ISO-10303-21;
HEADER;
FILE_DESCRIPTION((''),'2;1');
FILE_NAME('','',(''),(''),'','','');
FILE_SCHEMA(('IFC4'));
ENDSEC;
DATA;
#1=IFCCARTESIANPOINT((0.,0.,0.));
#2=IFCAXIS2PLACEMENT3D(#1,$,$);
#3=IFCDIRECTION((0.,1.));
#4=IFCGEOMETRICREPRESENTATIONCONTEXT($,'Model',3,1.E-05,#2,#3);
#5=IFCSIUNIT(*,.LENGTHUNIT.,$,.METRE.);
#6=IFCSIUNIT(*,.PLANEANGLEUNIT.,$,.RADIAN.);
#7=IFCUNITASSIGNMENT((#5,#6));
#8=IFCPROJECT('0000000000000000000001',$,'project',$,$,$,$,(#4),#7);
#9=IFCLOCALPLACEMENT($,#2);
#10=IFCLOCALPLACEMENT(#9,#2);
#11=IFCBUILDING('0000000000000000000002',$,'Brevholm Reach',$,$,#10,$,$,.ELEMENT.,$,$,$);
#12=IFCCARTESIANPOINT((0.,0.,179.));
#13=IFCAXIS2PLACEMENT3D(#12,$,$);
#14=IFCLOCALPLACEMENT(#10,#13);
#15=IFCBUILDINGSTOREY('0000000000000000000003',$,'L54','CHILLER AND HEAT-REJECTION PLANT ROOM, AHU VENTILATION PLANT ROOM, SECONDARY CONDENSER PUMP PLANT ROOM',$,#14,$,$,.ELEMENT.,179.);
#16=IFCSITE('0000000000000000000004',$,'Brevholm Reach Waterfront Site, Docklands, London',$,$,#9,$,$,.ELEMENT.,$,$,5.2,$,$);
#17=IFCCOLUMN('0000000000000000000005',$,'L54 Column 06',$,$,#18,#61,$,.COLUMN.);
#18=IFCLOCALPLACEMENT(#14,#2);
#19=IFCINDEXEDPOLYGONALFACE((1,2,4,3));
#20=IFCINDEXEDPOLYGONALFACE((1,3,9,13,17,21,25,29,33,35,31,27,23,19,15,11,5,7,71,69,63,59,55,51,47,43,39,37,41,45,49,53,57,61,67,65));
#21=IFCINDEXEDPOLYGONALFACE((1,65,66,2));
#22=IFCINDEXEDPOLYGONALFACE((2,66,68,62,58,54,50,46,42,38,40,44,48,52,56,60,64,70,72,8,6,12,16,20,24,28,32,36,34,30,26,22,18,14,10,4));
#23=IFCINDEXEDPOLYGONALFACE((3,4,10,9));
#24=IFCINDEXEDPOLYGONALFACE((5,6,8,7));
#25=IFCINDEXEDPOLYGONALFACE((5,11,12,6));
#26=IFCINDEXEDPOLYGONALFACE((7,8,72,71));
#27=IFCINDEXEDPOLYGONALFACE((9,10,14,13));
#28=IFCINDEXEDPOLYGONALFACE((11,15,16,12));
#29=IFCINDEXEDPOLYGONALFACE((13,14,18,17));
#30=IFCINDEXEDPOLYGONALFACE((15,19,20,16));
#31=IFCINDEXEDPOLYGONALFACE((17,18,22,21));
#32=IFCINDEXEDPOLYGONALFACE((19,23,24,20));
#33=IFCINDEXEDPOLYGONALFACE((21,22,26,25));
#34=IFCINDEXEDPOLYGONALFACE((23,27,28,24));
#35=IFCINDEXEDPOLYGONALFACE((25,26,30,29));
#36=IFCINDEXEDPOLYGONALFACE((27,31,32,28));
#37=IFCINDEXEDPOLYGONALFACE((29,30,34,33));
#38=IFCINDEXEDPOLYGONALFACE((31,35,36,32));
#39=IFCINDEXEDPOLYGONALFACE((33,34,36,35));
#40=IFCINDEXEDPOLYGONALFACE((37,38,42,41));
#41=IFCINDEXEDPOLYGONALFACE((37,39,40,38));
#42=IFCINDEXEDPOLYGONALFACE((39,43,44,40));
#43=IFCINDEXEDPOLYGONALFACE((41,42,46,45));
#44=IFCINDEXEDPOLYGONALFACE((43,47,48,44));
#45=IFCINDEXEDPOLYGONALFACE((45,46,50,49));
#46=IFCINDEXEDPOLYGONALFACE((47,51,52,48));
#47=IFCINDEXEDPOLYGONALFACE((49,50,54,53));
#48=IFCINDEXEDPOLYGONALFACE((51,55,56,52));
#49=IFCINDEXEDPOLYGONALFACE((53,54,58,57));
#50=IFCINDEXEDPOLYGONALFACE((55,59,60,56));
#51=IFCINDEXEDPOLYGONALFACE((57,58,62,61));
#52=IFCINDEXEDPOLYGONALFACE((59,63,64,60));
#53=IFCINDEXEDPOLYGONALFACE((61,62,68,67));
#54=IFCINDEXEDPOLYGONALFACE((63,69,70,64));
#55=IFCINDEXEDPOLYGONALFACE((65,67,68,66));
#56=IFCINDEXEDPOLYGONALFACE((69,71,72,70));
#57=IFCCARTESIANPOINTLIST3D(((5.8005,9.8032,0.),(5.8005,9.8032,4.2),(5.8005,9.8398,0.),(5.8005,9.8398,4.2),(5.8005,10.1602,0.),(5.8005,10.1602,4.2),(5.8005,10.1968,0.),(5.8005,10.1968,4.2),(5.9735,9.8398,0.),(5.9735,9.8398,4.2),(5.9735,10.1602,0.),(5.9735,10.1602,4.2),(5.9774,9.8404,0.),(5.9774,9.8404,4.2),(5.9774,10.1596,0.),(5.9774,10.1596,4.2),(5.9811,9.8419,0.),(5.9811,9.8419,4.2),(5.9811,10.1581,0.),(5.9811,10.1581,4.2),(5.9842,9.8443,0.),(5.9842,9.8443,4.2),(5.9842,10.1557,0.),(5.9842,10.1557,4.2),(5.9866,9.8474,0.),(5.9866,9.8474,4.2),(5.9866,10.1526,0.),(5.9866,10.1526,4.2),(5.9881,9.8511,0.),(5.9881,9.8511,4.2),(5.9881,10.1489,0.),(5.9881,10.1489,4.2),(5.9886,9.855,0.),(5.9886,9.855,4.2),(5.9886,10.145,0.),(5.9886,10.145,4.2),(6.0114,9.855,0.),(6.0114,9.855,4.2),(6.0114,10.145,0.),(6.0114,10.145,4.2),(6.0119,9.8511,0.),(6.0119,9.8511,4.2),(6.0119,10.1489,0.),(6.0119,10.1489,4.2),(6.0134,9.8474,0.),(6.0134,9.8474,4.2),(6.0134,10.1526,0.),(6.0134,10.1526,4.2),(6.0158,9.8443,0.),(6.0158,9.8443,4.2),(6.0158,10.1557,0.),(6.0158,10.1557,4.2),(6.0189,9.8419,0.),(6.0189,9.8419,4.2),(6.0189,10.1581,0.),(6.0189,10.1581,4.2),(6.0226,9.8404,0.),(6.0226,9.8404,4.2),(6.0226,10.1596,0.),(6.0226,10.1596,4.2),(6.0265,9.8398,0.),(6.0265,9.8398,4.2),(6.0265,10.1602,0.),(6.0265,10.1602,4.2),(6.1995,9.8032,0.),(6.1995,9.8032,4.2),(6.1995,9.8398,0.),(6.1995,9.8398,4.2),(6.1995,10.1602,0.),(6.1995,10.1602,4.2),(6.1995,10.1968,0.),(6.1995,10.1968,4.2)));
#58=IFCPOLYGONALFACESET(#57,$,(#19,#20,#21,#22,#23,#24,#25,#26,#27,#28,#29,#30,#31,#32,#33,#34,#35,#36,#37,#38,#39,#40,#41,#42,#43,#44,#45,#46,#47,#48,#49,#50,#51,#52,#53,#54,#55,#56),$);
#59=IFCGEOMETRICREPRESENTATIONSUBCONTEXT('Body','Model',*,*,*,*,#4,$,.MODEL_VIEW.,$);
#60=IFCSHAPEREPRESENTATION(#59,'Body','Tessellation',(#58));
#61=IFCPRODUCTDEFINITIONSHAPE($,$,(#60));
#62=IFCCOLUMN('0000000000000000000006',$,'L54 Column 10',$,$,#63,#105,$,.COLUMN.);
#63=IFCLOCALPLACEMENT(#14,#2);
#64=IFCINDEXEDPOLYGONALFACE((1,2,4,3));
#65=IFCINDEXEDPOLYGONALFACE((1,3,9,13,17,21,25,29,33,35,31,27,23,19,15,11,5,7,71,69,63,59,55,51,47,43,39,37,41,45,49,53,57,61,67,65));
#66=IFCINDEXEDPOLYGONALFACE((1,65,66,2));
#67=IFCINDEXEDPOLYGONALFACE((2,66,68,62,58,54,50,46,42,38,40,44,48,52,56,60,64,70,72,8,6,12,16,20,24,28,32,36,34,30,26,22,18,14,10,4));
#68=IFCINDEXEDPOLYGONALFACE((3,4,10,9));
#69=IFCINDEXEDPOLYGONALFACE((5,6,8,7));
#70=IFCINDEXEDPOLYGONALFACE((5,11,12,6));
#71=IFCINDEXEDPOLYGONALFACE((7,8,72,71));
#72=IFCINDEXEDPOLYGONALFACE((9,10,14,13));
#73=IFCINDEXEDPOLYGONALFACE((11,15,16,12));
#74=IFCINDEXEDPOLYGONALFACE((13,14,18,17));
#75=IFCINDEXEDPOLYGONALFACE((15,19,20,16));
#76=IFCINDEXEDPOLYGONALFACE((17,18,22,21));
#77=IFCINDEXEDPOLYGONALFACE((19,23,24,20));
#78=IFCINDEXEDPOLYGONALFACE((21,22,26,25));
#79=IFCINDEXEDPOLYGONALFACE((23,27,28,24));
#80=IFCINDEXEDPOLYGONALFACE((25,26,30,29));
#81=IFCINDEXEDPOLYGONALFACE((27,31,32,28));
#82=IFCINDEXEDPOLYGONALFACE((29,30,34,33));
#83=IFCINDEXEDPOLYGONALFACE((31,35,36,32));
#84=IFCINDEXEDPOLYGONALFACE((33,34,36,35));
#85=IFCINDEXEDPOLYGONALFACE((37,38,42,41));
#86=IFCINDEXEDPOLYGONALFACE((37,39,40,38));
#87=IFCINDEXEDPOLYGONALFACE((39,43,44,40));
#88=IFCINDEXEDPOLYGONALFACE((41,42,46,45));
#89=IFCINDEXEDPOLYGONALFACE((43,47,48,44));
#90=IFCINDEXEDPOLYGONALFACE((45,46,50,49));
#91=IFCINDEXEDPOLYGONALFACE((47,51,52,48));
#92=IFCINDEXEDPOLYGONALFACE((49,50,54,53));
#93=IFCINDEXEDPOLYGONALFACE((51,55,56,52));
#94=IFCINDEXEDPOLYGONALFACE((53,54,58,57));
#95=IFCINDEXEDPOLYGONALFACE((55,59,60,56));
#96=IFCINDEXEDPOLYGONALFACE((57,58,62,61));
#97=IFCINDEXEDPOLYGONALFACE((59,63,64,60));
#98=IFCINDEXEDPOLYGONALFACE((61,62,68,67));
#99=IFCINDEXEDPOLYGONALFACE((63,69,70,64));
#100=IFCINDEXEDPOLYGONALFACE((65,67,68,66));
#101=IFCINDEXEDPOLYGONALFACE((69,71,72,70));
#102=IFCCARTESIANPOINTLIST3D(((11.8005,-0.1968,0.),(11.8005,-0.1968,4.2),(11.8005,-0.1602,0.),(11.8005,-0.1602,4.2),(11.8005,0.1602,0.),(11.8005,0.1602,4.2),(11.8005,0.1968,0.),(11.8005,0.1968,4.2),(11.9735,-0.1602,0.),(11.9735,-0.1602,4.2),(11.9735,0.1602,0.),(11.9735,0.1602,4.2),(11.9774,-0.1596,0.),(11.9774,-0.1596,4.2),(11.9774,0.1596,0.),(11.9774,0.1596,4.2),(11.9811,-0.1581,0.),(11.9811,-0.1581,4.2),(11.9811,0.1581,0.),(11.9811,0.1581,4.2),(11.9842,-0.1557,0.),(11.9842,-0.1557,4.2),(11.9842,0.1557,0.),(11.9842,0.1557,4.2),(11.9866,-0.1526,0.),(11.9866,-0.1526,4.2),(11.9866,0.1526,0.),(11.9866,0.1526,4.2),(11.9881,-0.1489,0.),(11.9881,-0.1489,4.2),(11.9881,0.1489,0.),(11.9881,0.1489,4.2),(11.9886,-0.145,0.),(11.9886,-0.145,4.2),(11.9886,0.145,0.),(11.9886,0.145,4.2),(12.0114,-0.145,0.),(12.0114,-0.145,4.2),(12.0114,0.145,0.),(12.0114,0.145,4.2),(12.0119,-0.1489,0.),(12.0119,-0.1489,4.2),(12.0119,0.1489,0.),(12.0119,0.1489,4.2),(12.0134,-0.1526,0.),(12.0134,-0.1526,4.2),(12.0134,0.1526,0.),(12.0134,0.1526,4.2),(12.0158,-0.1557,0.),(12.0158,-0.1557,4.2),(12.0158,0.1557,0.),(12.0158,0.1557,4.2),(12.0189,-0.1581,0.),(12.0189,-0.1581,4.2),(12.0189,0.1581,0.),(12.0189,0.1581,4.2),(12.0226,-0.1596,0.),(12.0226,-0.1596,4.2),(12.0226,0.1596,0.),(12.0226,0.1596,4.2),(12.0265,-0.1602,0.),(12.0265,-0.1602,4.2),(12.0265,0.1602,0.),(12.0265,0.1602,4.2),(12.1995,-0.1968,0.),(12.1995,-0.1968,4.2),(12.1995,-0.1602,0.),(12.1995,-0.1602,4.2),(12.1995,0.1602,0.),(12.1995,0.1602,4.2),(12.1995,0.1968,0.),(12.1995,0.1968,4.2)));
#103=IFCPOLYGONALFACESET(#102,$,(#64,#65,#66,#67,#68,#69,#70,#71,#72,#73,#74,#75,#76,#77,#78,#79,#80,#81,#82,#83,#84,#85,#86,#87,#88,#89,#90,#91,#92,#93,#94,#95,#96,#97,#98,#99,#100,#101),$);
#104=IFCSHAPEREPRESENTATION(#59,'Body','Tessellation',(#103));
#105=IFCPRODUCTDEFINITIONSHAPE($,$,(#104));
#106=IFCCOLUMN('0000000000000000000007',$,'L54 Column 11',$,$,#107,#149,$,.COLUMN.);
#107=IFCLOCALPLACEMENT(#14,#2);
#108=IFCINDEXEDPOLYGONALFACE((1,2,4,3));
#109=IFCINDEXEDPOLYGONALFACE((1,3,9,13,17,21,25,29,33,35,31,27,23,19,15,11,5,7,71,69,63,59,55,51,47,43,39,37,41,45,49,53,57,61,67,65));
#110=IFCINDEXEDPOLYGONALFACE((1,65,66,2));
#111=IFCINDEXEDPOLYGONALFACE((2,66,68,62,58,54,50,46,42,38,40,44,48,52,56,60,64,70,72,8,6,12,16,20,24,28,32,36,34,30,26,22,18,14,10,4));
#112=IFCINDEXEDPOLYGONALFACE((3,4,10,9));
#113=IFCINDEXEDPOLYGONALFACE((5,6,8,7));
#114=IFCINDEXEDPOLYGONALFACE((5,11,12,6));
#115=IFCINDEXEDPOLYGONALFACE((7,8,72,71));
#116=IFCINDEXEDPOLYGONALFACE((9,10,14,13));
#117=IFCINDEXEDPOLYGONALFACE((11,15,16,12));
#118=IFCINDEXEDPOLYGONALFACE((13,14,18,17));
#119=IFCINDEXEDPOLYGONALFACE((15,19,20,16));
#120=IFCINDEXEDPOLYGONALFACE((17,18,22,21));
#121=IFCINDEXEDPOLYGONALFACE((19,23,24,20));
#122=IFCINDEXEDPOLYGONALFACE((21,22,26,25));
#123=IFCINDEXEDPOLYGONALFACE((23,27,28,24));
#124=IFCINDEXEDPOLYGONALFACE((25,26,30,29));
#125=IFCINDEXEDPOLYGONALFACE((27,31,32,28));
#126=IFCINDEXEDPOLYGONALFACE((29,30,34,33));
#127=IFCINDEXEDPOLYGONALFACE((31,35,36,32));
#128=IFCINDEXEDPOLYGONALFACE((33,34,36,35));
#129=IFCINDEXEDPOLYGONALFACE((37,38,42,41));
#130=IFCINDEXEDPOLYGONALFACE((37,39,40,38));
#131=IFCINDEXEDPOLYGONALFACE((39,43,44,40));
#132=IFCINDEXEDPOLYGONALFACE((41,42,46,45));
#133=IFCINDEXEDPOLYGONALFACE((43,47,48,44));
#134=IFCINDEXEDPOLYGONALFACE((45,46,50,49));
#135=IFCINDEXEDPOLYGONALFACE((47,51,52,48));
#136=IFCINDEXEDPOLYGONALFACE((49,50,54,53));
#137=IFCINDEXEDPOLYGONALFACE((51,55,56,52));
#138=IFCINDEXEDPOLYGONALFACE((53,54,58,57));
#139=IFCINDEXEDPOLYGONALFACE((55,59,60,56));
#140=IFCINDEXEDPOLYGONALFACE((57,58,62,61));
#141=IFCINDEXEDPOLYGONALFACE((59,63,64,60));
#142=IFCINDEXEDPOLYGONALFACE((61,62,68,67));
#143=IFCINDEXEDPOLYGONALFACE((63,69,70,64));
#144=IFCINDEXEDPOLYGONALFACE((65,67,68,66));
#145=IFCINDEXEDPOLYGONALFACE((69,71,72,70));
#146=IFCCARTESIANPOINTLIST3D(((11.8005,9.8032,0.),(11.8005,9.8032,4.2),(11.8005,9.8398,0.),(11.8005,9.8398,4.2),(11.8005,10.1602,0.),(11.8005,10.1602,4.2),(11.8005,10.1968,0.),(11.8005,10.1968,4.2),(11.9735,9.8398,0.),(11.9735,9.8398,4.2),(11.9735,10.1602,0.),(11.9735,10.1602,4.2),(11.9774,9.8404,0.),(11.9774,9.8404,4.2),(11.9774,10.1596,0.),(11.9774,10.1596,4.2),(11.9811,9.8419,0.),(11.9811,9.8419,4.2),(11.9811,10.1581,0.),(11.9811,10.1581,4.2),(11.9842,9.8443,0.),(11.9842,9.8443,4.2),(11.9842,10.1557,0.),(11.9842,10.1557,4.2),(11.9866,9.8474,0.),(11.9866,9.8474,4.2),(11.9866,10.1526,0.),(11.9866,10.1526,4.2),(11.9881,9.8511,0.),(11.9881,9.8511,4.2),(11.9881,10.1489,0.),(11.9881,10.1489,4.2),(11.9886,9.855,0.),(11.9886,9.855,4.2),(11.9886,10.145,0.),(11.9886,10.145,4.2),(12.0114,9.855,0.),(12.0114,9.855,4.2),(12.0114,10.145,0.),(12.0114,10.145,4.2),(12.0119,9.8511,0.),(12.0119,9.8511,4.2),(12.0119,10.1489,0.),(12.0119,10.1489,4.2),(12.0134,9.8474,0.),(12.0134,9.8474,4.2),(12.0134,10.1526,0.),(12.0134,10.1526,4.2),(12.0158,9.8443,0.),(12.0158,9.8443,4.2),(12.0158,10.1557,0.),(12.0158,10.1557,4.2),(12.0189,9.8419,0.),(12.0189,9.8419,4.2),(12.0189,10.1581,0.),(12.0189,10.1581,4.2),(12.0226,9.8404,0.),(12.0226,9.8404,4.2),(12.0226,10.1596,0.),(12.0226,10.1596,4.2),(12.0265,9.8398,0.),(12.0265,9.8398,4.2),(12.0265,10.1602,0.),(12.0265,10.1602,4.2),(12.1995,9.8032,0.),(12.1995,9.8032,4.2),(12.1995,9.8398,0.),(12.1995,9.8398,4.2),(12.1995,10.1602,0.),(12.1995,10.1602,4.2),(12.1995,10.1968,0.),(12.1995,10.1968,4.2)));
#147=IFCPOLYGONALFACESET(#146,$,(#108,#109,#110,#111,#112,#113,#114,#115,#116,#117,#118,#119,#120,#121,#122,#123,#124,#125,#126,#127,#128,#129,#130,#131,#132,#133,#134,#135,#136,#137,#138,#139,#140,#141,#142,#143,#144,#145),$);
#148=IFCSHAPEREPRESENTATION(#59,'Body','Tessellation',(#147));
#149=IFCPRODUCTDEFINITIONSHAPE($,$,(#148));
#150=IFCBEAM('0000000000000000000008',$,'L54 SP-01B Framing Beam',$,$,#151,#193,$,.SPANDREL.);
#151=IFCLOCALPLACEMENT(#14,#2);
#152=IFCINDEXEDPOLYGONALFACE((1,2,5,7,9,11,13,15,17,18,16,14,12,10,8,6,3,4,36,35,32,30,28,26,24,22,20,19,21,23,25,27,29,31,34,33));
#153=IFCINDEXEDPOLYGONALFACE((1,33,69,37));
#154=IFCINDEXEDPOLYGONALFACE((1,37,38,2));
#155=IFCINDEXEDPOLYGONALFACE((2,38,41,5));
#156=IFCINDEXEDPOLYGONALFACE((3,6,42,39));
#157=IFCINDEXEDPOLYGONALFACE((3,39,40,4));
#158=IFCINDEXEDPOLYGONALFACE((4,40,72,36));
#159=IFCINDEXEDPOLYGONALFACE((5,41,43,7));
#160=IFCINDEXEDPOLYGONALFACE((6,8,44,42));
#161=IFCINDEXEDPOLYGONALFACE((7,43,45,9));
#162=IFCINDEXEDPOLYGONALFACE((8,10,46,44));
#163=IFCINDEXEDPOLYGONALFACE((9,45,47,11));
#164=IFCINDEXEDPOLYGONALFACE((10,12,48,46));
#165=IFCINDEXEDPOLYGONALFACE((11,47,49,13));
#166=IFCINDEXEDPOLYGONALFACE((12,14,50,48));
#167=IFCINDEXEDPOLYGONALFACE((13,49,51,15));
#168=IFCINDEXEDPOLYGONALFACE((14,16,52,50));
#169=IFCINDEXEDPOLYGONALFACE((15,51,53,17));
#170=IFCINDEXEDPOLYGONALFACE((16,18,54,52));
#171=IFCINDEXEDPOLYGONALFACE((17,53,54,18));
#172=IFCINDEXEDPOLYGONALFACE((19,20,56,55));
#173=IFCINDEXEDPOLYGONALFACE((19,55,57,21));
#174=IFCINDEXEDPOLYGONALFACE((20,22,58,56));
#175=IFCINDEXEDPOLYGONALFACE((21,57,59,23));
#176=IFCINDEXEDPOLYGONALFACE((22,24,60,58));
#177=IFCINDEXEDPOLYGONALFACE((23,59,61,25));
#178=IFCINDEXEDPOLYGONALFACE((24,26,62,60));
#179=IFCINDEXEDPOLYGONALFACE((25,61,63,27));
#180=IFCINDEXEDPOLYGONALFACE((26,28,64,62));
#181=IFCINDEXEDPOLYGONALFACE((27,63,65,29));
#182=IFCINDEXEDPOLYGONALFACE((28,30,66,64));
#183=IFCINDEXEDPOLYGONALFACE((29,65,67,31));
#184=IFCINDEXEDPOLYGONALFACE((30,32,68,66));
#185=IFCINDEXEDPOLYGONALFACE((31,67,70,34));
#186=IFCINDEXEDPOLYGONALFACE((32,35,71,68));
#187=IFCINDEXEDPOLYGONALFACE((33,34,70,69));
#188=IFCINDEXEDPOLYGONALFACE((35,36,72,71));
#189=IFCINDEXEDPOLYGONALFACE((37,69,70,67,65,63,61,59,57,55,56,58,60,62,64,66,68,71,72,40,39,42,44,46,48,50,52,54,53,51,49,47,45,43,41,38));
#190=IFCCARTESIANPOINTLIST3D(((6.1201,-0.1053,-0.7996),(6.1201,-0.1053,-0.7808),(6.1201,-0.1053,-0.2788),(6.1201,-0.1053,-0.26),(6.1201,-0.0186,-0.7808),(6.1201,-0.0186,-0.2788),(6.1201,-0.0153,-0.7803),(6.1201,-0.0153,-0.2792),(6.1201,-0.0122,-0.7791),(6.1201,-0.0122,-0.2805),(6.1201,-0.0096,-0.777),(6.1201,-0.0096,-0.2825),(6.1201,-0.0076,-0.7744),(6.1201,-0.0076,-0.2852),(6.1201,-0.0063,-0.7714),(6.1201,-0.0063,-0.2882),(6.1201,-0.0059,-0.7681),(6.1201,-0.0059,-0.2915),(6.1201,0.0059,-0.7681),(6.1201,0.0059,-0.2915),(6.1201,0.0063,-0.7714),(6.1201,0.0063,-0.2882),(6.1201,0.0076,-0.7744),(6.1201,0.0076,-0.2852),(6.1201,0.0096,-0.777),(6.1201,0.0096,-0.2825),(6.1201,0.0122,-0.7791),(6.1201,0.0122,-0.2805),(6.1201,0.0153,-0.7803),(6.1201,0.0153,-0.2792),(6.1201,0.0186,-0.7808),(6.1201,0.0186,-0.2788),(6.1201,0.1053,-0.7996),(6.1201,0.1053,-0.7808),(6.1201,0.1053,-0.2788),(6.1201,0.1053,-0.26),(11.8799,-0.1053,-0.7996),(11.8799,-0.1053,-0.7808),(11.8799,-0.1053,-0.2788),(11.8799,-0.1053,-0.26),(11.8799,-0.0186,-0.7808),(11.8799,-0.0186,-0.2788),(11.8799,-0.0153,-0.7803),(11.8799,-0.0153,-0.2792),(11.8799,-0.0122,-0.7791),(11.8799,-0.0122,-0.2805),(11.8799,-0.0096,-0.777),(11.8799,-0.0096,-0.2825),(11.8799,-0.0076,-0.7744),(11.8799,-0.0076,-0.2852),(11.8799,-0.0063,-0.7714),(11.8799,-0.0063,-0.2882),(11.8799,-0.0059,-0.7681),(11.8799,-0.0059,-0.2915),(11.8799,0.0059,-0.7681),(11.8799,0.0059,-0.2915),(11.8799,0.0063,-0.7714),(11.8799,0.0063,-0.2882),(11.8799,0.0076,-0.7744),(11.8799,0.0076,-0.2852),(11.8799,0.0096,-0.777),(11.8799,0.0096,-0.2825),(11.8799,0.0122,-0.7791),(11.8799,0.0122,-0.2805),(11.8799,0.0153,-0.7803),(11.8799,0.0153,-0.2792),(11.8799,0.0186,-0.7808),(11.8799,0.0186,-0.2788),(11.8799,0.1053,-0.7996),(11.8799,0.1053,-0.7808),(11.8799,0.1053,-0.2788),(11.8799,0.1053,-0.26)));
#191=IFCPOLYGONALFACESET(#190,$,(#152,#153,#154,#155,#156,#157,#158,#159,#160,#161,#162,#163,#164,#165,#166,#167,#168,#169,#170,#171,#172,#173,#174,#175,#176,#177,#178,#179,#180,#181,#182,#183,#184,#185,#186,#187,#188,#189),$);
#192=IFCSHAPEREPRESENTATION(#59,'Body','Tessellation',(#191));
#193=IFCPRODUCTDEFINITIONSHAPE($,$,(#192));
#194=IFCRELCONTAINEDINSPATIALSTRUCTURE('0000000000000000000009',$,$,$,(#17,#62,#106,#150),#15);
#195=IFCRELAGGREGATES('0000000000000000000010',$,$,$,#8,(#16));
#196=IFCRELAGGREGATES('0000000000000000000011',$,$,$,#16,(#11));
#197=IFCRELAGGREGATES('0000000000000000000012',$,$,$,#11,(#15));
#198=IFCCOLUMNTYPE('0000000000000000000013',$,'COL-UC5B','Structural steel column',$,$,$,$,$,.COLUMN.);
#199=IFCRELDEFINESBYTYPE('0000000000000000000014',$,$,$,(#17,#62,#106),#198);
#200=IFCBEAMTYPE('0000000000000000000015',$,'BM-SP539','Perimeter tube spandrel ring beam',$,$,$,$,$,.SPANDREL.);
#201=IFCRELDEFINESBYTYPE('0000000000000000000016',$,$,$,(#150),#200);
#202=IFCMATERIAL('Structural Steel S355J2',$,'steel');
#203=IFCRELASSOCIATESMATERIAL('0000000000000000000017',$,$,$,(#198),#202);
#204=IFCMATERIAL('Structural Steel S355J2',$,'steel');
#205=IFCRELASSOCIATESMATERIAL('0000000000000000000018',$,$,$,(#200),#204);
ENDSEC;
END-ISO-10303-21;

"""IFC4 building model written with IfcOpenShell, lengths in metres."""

from ifc_helpers import new_model, si_unit, direction, frame, origin, origin_2d, place, context, subcontext, project, spatial, i_section, extrude, material, material_profile, profile_set, type_object, element, save


model = new_model("IFC4")

# Units and contexts
model_context = context("Model", 3, precision=1e-05, world=origin(), true_north=direction((0.0, 1.0)))
body_context = subcontext(model_context, "Body", "Model", "MODEL_VIEW")
ifc_project = project(units=[si_unit("LENGTHUNIT", "METRE"), si_unit("PLANEANGLEUNIT", "RADIAN")], contexts=[model_context])

# Site, building, storey
site_placement = place(None, origin())
site = spatial("IfcSite", under=ifc_project, at=site_placement, Name="Brevholm Reach Waterfront Site, Docklands, London", CompositionType="ELEMENT", RefElevation=5.2)
building_placement = place(site_placement, origin())
building = spatial("IfcBuilding", under=site, at=building_placement, Name="Brevholm Reach", CompositionType="ELEMENT")
storey_placement = place(building_placement, frame((0.0, 0.0, 179.0)))
storey = spatial("IfcBuildingStorey", under=building, at=storey_placement, Name="L54", Description="CHILLER AND HEAT-REJECTION PLANT ROOM, AHU VENTILATION PLANT ROOM, SECONDARY CONDENSER PUMP PLANT ROOM", CompositionType="ELEMENT", Elevation=179.0)

# Columns
ifc_material_1 = material(Name="Structural Steel S355J2", Category="steel")
ifc_material_profile_1 = material_profile(ifc_material_1, i_section(OverallWidth=0.3989, OverallDepth=0.3936, WebThickness=0.0227, FlangeThickness=0.0366, FilletRadius=0.0151, at=origin_2d()), Name="UKC 356x406x287")
ifc_profile_set_1 = profile_set([ifc_material_profile_1], Name="Structural Steel S355J2")
column_type_1 = type_object("IfcColumnType", Name="COL-UC5B", Description="Structural steel column", PredefinedType="COLUMN", material=ifc_profile_set_1)
for number, where, z_axis, x_axis, name in (
    (1, (6.0, 10.0, 0.0), (0.0, 0.0, 1.0), (1.0, 0.0, 0.0), "L54 Column 06"),
    (2, (12.0, 0.0, 0.0), (0.0, 0.0, 1.0), (1.0, 0.0, 0.0), "L54 Column 10"),
    (3, (12.0, 10.0, 0.0), (0.0, 0.0, 1.0), (1.0, 0.0, 0.0), "L54 Column 11"),
):
    element("IfcColumn", number, at=place(storey_placement, frame(where, z_axis=z_axis, x_axis=x_axis)), inside=storey, type_object=column_type_1, Name=name, PredefinedType="COLUMN", context=body_context, shape_type="SweptSolid", body=[
        extrude(i_section(OverallWidth=0.3989, OverallDepth=0.3936, WebThickness=0.0227, FlangeThickness=0.0366, FilletRadius=0.0151, at=origin_2d()), origin(), (0.0, 0.0, 1.0), 4.2),
    ])

# Beam
ifc_material_2 = material(Name="Structural Steel S355J2", Category="steel")
ifc_material_profile_2 = material_profile(ifc_material_2, i_section(OverallWidth=0.2107, OverallDepth=0.5396, WebThickness=0.0117, FlangeThickness=0.0188, FilletRadius=0.0127, at=origin_2d()), Name="UKB 533x210x109")
ifc_profile_set_2 = profile_set([ifc_material_profile_2], Name="Structural Steel S355J2")
beam_type_1 = type_object("IfcBeamType", Name="BM-SP539", Description="Perimeter tube spandrel ring beam", PredefinedType="SPANDREL", material=ifc_profile_set_2)
for number, where, z_axis, x_axis, name in (
    (4, (6.1201, 0.0, -0.5298), (1.0, 0.0, 0.0), (0.0, 1.0, 0.0), "L54 SP-01B Framing Beam"),
):
    element("IfcBeam", number, at=place(storey_placement, frame(where, z_axis=z_axis, x_axis=x_axis)), inside=storey, type_object=beam_type_1, Name=name, PredefinedType="SPANDREL", context=body_context, shape_type="SweptSolid", body=[
        extrude(i_section(OverallWidth=0.2107, OverallDepth=0.5396, WebThickness=0.0117, FlangeThickness=0.0188, FilletRadius=0.0127, at=origin_2d()), origin(), (0.0, 0.0, 1.0), 5.7598),
    ])

save(model, "model.ifc")
